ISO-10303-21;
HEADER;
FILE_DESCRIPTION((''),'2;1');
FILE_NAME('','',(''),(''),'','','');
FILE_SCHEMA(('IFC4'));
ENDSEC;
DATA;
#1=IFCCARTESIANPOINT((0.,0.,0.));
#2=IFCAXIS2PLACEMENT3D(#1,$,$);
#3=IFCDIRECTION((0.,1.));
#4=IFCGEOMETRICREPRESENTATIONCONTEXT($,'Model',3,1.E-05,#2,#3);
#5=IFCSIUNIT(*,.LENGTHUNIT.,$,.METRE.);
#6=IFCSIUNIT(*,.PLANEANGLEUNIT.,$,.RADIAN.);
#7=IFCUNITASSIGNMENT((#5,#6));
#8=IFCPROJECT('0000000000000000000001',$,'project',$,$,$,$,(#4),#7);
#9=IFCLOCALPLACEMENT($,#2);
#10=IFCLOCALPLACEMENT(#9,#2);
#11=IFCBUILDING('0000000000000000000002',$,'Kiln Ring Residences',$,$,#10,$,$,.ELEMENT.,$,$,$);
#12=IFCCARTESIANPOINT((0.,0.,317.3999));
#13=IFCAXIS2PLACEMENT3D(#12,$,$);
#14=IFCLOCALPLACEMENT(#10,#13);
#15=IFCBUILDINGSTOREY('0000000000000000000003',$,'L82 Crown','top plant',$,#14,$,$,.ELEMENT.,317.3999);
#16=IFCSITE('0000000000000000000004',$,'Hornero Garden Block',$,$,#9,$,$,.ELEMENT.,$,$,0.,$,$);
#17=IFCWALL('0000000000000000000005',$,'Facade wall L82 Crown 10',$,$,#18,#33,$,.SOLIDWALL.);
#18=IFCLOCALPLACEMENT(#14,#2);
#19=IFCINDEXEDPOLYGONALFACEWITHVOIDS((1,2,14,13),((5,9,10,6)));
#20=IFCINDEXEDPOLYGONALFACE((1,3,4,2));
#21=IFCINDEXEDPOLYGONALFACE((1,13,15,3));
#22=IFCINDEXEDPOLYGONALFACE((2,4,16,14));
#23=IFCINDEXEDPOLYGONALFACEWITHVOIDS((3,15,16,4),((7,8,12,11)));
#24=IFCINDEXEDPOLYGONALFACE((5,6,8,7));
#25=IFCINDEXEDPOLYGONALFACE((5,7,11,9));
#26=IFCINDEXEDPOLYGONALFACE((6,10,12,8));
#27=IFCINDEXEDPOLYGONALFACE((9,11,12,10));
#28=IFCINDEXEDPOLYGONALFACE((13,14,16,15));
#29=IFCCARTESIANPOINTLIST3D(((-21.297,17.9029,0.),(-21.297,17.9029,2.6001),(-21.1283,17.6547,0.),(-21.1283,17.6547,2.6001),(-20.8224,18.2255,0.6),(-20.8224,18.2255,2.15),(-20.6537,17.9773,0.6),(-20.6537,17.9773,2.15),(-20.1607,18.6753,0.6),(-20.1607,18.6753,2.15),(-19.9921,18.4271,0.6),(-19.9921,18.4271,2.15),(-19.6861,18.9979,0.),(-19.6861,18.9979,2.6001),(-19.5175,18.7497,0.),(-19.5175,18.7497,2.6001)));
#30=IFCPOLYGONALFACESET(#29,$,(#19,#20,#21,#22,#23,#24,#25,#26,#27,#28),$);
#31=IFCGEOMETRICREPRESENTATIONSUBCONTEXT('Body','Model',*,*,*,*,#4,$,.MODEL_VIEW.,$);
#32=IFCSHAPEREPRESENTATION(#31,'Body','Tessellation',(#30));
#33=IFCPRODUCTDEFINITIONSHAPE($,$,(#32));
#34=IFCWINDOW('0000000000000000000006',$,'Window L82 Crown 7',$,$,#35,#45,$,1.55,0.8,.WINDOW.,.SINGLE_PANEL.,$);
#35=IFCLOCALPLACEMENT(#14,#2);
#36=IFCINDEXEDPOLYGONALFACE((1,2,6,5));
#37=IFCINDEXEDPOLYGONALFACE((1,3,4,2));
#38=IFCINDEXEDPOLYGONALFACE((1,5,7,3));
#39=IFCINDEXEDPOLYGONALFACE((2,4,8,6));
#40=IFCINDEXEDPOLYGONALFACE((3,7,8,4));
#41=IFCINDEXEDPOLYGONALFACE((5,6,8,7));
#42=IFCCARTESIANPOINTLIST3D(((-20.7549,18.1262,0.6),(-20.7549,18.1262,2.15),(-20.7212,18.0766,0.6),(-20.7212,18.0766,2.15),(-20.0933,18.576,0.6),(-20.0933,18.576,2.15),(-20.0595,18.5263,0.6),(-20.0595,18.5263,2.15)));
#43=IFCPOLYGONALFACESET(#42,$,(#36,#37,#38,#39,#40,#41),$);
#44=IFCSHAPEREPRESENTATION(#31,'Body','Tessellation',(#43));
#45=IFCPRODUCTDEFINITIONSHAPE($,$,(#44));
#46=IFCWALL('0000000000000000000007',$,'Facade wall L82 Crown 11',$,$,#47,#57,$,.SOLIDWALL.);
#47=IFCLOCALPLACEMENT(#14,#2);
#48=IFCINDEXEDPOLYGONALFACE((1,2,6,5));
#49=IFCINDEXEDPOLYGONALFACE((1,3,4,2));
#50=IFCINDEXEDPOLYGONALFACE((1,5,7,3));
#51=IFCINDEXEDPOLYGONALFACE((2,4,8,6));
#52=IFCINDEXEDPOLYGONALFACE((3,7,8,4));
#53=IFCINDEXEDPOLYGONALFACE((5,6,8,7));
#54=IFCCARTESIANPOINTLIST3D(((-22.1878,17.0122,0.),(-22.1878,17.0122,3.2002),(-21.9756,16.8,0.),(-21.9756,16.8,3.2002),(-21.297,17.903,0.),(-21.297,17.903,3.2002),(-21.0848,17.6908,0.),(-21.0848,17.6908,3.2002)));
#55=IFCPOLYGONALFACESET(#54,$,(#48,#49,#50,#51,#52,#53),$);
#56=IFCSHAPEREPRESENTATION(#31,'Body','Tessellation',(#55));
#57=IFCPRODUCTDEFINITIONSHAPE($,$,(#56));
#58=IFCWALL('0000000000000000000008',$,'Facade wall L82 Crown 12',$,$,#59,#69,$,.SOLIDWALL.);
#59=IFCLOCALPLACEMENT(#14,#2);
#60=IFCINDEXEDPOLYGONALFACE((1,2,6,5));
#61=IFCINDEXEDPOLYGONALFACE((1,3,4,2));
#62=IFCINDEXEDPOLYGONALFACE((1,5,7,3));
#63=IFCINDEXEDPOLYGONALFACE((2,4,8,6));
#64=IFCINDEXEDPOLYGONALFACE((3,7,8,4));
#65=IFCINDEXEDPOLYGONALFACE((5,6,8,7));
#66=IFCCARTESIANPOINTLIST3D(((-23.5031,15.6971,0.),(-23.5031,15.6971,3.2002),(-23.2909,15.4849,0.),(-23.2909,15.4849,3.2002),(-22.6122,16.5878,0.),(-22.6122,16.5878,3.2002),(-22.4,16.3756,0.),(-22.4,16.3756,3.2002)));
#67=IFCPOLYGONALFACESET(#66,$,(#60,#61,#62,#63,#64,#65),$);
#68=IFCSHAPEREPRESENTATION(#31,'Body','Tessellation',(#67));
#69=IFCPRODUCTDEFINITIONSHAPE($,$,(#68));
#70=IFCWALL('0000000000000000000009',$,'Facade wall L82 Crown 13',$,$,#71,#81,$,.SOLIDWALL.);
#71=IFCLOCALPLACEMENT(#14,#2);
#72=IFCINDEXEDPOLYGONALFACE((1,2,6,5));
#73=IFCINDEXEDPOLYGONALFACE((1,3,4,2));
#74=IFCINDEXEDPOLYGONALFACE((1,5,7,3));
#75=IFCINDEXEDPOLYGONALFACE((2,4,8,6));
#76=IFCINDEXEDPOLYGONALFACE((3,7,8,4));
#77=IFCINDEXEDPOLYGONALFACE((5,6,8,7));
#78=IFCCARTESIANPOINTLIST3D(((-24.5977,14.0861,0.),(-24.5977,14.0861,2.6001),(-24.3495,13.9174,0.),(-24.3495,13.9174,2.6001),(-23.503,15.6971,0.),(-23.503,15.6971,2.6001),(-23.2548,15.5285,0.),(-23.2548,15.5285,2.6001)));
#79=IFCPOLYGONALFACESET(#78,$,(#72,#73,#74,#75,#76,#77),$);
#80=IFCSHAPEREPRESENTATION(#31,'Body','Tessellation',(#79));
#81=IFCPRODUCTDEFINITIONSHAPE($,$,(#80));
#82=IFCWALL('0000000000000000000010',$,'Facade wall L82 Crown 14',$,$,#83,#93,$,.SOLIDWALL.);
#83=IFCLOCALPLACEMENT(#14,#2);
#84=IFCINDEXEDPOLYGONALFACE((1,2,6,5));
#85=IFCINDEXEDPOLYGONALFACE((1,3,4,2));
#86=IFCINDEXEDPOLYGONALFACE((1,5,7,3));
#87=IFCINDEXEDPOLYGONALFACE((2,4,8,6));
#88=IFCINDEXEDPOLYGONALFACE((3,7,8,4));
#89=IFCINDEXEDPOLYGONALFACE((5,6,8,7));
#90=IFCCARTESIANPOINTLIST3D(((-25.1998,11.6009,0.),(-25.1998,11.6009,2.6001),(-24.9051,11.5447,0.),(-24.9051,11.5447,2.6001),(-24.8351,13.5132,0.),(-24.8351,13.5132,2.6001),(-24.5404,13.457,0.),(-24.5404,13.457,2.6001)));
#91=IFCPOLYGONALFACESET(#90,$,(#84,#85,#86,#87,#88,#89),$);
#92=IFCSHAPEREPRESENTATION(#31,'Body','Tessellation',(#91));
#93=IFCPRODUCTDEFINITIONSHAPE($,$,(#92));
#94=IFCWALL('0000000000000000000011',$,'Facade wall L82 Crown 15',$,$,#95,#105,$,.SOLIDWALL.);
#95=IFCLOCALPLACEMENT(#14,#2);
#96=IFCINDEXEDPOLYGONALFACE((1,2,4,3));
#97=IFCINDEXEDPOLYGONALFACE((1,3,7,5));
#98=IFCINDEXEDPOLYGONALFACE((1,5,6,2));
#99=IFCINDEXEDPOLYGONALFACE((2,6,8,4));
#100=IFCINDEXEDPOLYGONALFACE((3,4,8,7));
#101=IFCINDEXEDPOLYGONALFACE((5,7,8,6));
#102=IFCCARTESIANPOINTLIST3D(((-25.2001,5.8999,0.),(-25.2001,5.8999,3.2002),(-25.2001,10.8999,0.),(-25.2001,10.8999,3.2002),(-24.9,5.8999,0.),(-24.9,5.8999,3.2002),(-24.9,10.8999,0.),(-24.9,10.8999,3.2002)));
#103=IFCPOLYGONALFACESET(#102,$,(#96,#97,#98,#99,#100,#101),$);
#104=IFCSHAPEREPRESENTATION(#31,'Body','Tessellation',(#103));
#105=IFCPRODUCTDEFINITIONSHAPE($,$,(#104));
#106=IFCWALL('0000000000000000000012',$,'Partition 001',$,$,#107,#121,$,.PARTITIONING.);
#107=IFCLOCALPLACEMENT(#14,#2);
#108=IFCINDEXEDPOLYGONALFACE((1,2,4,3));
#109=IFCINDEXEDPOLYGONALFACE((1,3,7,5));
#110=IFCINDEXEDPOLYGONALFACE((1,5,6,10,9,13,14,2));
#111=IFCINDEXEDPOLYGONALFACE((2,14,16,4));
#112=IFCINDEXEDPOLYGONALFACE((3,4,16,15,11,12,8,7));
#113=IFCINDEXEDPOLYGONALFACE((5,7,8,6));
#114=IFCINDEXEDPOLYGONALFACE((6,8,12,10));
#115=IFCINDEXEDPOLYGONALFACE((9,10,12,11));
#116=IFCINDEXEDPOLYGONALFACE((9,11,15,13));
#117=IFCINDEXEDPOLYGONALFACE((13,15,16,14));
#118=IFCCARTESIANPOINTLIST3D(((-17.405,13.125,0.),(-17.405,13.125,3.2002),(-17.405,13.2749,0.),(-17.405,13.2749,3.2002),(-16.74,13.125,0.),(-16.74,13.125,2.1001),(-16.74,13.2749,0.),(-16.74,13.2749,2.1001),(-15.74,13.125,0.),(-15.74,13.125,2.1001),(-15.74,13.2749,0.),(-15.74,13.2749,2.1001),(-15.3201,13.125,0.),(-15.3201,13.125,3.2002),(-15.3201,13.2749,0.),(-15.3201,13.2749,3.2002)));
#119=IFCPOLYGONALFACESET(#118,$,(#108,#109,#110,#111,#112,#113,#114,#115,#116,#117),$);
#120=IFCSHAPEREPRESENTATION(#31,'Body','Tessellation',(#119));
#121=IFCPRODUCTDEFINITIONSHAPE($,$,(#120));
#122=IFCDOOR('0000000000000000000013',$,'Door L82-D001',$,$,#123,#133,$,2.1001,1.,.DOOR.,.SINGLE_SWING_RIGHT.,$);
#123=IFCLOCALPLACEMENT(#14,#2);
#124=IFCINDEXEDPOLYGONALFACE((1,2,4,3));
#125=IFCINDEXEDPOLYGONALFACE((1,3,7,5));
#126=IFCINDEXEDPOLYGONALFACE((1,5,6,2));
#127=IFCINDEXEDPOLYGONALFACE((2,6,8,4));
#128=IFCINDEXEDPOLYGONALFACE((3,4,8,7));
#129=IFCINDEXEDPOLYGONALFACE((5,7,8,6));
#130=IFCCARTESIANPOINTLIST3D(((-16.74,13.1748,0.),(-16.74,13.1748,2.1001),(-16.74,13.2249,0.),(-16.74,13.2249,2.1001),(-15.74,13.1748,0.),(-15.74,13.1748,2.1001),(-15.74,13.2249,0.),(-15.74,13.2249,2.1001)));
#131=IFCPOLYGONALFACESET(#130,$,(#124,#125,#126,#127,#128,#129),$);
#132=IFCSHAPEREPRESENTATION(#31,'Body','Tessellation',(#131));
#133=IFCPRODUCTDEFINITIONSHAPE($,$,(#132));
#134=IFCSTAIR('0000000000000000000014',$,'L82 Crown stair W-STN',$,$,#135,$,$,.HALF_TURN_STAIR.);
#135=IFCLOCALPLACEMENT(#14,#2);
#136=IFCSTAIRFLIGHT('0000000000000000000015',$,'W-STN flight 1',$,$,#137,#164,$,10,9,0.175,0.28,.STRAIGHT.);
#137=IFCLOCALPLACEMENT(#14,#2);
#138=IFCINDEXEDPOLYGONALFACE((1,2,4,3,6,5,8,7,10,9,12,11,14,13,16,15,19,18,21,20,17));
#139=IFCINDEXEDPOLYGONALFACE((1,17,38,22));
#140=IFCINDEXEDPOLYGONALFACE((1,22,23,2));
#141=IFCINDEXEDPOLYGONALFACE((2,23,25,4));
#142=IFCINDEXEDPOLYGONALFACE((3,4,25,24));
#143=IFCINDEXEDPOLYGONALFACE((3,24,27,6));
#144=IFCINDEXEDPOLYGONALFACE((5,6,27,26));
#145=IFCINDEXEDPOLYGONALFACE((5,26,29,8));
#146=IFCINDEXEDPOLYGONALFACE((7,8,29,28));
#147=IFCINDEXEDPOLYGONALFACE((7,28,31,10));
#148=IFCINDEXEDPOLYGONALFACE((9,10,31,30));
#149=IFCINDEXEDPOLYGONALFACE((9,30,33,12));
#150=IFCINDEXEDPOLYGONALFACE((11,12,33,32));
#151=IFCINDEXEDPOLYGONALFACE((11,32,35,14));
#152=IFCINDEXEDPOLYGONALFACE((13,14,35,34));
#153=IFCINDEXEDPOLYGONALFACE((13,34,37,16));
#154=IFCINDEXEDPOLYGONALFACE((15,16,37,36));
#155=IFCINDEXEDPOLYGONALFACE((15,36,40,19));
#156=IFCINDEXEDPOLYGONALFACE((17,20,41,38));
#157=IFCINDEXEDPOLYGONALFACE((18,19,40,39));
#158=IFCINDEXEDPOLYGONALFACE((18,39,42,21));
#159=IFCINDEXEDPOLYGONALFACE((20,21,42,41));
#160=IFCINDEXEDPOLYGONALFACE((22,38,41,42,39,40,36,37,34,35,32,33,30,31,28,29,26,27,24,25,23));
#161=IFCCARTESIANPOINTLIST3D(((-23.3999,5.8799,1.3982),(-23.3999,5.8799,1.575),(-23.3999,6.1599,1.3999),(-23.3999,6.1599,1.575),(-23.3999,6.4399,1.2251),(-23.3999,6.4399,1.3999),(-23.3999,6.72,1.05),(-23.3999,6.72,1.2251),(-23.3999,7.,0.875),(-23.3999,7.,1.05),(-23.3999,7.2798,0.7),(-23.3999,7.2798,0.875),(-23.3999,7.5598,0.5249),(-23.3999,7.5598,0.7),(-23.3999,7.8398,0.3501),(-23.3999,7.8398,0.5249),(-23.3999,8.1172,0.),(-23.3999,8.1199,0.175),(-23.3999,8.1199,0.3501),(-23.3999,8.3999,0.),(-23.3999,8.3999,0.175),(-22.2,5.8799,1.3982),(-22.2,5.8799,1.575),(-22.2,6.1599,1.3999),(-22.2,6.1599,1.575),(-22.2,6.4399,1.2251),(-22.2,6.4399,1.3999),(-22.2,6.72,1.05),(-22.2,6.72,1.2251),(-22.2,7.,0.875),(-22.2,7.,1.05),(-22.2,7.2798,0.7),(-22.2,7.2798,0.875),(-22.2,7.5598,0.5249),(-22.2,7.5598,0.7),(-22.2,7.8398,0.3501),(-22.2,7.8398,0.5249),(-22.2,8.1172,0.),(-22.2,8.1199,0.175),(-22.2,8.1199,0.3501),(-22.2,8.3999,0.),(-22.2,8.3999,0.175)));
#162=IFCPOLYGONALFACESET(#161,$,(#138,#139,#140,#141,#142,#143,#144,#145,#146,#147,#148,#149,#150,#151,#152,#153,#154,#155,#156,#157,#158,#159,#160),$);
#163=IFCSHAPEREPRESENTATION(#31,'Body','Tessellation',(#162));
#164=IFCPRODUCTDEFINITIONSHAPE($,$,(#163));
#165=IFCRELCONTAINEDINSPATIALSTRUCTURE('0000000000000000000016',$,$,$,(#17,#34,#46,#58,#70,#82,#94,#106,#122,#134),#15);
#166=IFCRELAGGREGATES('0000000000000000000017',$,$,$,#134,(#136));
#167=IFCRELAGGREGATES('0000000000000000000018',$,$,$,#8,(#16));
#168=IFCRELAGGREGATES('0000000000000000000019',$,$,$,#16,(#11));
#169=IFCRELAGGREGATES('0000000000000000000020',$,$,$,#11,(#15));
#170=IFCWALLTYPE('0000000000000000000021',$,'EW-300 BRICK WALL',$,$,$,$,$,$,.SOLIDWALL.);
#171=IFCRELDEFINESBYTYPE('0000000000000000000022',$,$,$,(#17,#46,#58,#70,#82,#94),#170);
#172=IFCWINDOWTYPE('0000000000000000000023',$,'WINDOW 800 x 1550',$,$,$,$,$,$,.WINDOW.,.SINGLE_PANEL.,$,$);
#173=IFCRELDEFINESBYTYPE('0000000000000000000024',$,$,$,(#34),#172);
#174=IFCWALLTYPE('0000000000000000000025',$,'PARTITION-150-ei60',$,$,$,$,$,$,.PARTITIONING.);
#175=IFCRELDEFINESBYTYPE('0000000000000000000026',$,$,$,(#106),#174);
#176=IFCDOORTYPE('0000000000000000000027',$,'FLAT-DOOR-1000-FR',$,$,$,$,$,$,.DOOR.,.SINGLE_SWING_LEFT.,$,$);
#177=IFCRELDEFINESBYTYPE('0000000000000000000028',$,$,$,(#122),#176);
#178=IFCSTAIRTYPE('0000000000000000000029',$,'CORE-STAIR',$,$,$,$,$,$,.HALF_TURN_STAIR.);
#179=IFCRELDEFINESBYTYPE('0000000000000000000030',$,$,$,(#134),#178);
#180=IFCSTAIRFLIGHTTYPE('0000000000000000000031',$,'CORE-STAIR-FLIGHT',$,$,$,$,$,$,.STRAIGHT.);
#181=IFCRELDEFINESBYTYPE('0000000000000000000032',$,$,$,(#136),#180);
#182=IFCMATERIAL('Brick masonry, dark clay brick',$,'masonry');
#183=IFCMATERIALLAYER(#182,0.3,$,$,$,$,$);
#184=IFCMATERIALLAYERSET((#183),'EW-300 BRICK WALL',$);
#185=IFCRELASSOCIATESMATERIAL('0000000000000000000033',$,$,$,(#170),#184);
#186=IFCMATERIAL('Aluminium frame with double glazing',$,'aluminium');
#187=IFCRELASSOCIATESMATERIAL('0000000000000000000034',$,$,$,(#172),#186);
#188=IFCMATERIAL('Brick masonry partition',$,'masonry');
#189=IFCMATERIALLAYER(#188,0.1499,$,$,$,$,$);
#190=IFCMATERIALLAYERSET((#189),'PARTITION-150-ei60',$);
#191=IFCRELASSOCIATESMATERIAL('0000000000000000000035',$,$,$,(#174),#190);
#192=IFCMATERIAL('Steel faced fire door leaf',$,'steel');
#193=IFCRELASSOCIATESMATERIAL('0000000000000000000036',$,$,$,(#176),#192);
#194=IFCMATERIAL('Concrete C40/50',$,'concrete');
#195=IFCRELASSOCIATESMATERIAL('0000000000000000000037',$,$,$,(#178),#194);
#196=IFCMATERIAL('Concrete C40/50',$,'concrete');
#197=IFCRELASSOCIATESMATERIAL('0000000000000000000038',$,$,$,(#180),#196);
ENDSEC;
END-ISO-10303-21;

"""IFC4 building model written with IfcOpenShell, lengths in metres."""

from ifc_helpers import new_model, si_unit, direction, frame, frame_2d, origin, place, context, subcontext, project, spatial, polyline, rectangle, outline, extrude, material, layer, layer_set, type_object, element, fill, aggregate, save


model = new_model("IFC4")

# Units and contexts
model_context = context("Model", 3, precision=1e-05, world=origin(), true_north=direction((0.0, 1.0)))
body_context = subcontext(model_context, "Body", "Model", "MODEL_VIEW")
ifc_project = project(units=[si_unit("LENGTHUNIT", "METRE"), si_unit("PLANEANGLEUNIT", "RADIAN")], contexts=[model_context])

# Site, building, storey
site_placement = place(None, origin())
site = spatial("IfcSite", under=ifc_project, at=site_placement, Name="Hornero Garden Block", CompositionType="ELEMENT", RefElevation=0.0)
building_placement = place(site_placement, origin())
building = spatial("IfcBuilding", under=site, at=building_placement, Name="Kiln Ring Residences", CompositionType="ELEMENT")
storey_placement = place(building_placement, frame((0.0, 0.0, 317.3999)))
storey = spatial("IfcBuildingStorey", under=building, at=storey_placement, Name="L82 Crown", Description="top plant", CompositionType="ELEMENT", Elevation=317.3999)

# Wall, opening, window
ifc_material_1 = material(Name="Brick masonry, dark clay brick", Category="masonry")
ifc_layer_1 = layer(ifc_material_1, 0.3)
ifc_layer_set_1 = layer_set([ifc_layer_1], Name="EW-300 BRICK WALL")
wall_type_1 = type_object("IfcWallType", Name="EW-300 BRICK WALL", PredefinedType="SOLIDWALL", material=ifc_layer_set_1)
wall_1_placement = place(storey_placement, frame((-19.6018, 18.8738, 0.0), z_axis=(0.0, 0.0, 1.0), x_axis=(-0.827022, -0.562169, 0.0)))
wall_1 = element("IfcWall", 1, at=wall_1_placement, inside=storey, type_object=wall_type_1, Name="Facade wall L82 Crown 10", PredefinedType="SOLIDWALL", context=body_context, shape_type="SweptSolid", body=[
    extrude(rectangle(XDim=1.9478, YDim=0.3, at=frame_2d((0.9739, 0.0))), origin(), (0.0, 0.0, 1.0), 2.6001),
])
opening_1_placement = place(wall_1_placement, frame((0.574, 0.0, 0.6001)))
opening_1 = element("IfcOpeningElement", 2, at=opening_1_placement, cuts=wall_1, PredefinedType="OPENING", context=body_context, shape_type="SweptSolid", body=[
    extrude(rectangle(XDim=0.8, YDim=1.55, at=frame_2d((0.3999, 0.7749))), frame((0.0, 0.1599, 0.0), z_axis=(0.0, -1.0, 0.0), x_axis=(1.0, 0.0, 0.0)), (0.0, 0.0, 1.0), 0.3201),
])
ifc_material_2 = material(Name="Aluminium frame with double glazing", Category="aluminium")
window_type = type_object("IfcWindowType", Name="WINDOW 800 x 1550", PartitioningType="SINGLE_PANEL", PredefinedType="WINDOW", material=ifc_material_2)
window_placement = place(opening_1_placement, origin())
window = element("IfcWindow", 3, at=window_placement, inside=storey, type_object=window_type, Name="Window L82 Crown 7", OverallHeight=1.55, OverallWidth=0.8, PartitioningType="SINGLE_PANEL", PredefinedType="WINDOW", context=body_context, shape_type="SweptSolid", body=[
    extrude(rectangle(XDim=0.8, YDim=1.55, at=frame_2d((0.3999, 0.7749))), frame((0.0, 0.03, 0.0), z_axis=(0.0, -1.0, 0.0), x_axis=(1.0, 0.0, 0.0)), (0.0, 0.0, 1.0), 0.0601),
])
fill(opening_1, window)

# Walls
for number, where, z_axis, x_axis, name in (
    (4, (-21.1909, 17.7969, 0.0), (0.0, 0.0, 1.0), (-0.707107, -0.707107, 0.0), "Facade wall L82 Crown 11"),
    (5, (-22.5061, 16.4817, 0.0), (0.0, 0.0, 1.0), (-0.707204, -0.70701, 0.0), "Facade wall L82 Crown 12"),
):
    element("IfcWall", number, at=place(storey_placement, frame(where, z_axis=z_axis, x_axis=x_axis)), inside=storey, type_object=wall_type_1, Name=name, PredefinedType="SOLIDWALL", context=body_context, shape_type="SweptSolid", body=[
        extrude(rectangle(XDim=1.2598, YDim=0.3, at=frame_2d((0.6299, 0.0))), origin(), (0.0, 0.0, 1.0), 3.2002),
    ])
wall_2_placement = place(storey_placement, frame((-23.3789, 15.6128, 0.0), z_axis=(0.0, 0.0, 1.0), x_axis=(-0.562025, -0.82712, 0.0)))
element("IfcWall", 6, at=wall_2_placement, inside=storey, type_object=wall_type_1, Name="Facade wall L82 Crown 13", PredefinedType="SOLIDWALL", context=body_context, shape_type="SweptSolid", body=[
    extrude(rectangle(XDim=1.9478, YDim=0.3, at=frame_2d((0.9739, 0.0))), origin(), (0.0, 0.0, 1.0), 2.6001),
])
wall_3_placement = place(storey_placement, frame((-24.6877, 13.4851, 0.0), z_axis=(0.0, 0.0, 1.0), x_axis=(-0.187354, -0.982292, 0.0)))
element("IfcWall", 7, at=wall_3_placement, inside=storey, type_object=wall_type_1, Name="Facade wall L82 Crown 14", PredefinedType="SOLIDWALL", context=body_context, shape_type="SweptSolid", body=[
    extrude(rectangle(XDim=1.9468, YDim=0.3, at=frame_2d((0.9734, 0.0))), origin(), (0.0, 0.0, 1.0), 2.6001),
])
wall_4_placement = place(storey_placement, frame((-25.05, 10.8999, 0.0), z_axis=(0.0, 0.0, 1.0), x_axis=(0.0, -1.0, 0.0)))
element("IfcWall", 8, at=wall_4_placement, inside=storey, type_object=wall_type_1, Name="Facade wall L82 Crown 15", PredefinedType="SOLIDWALL", context=body_context, shape_type="SweptSolid", body=[
    extrude(rectangle(XDim=5.0, YDim=0.3, at=frame_2d((2.5, 0.0))), origin(), (0.0, 0.0, 1.0), 3.2002),
])

# Wall, opening, door
ifc_material_3 = material(Name="Brick masonry partition", Category="masonry")
ifc_layer_2 = layer(ifc_material_3, 0.1499)
ifc_layer_set_2 = layer_set([ifc_layer_2], Name="PARTITION-150-ei60")
wall_type_2 = type_object("IfcWallType", Name="PARTITION-150-ei60", PredefinedType="PARTITIONING", material=ifc_layer_set_2)
wall_5_placement = place(storey_placement, frame((-17.405, 13.2, 0.0), z_axis=(0.0, 0.0, 1.0), x_axis=(1.0, 0.0, 0.0)))
wall_5 = element("IfcWall", 9, at=wall_5_placement, inside=storey, type_object=wall_type_2, Name="Partition 001", PredefinedType="PARTITIONING", context=body_context, shape_type="SweptSolid", body=[
    extrude(rectangle(XDim=2.085, YDim=0.1499, at=frame_2d((1.0425, 0.0))), origin(), (0.0, 0.0, 1.0), 3.2002),
])
opening_2_placement = place(wall_5_placement, frame((0.665, 0.0, 0.0)))
opening_2 = element("IfcOpeningElement", 10, at=opening_2_placement, cuts=wall_5, PredefinedType="OPENING", context=body_context, shape_type="SweptSolid", body=[
    extrude(rectangle(XDim=1.0, YDim=2.1001, at=frame_2d((0.5, 1.05))), frame((0.0, 0.085, 0.0), z_axis=(0.0, -1.0, 0.0), x_axis=(1.0, 0.0, 0.0)), (0.0, 0.0, 1.0), 0.1699),
])
ifc_material_4 = material(Name="Steel faced fire door leaf", Category="steel")
door_type_1 = type_object("IfcDoorType", Name="FLAT-DOOR-1000-FR", OperationType="SINGLE_SWING_LEFT", PredefinedType="DOOR", material=ifc_material_4)
door_1_placement = place(opening_2_placement, origin())
door_1 = element("IfcDoor", 11, at=door_1_placement, inside=storey, type_object=door_type_1, Name="Door L82-D001", OperationType="SINGLE_SWING_RIGHT", OverallHeight=2.1001, OverallWidth=1.0, PredefinedType="DOOR", context=body_context, shape_type="SweptSolid", body=[
    extrude(rectangle(XDim=1.0, YDim=2.1001, at=frame_2d((0.5, 1.05))), frame((0.0, 0.0249, 0.0), z_axis=(0.0, -1.0, 0.0), x_axis=(1.0, 0.0, 0.0)), (0.0, 0.0, 1.0), 0.05),
])
fill(opening_2, door_1)

# Stair, stair flight
ifc_material_5 = material(Name="Concrete C40/50", Category="concrete")
stair_type = type_object("IfcStairType", Name="CORE-STAIR", PredefinedType="HALF_TURN_STAIR", material=ifc_material_5)
stair_placement = place(storey_placement, origin())
stair = element("IfcStair", 12, at=stair_placement, inside=storey, type_object=stair_type, Name="L82 Crown stair W-STN", PredefinedType="HALF_TURN_STAIR")
ifc_material_6 = material(Name="Concrete C40/50", Category="concrete")
stair_flight_type = type_object("IfcStairFlightType", Name="CORE-STAIR-FLIGHT", PredefinedType="STRAIGHT", material=ifc_material_6)
stair_flight_placement = place(storey_placement, frame((-22.8, 8.3999, 0.0), z_axis=(0.0, 0.0, 1.0), x_axis=(0.0, -1.0, 0.0)))
stair_flight = element("IfcStairFlight", 13, at=stair_flight_placement, type_object=stair_flight_type, Name="W-STN flight 1", NumberOfRisers=10, NumberOfTreads=9, PredefinedType="STRAIGHT", RiserHeight=0.175, TreadLength=0.28, context=body_context, shape_type="SweptSolid", body=[
    extrude(outline(polyline([(0.0, 0.0), (0.0, 0.175), (0.28, 0.175), (0.28, 0.3501), (0.5601, 0.3501), (0.5601, 0.5249), (0.8401, 0.5249), (0.8401, 0.7), (1.1201, 0.7), (1.1201, 0.875), (1.3999, 0.875), (1.3999, 1.05), (1.6799, 1.05), (1.6799, 1.2251), (1.96, 1.2251), (1.96, 1.3999), (2.24, 1.3999), (2.24, 1.575), (2.52, 1.575), (2.52, 1.75), (2.52, 1.3982), (0.2827, 0.0), (0.0, 0.0)])), frame((0.0, 0.6001, 0.0), z_axis=(0.0, -1.0, 0.0), x_axis=(1.0, 0.0, 0.0)), (0.0, 0.0, 1.0), 1.2),
])
aggregate(stair, [stair_flight])

save(model, "model.ifc")
